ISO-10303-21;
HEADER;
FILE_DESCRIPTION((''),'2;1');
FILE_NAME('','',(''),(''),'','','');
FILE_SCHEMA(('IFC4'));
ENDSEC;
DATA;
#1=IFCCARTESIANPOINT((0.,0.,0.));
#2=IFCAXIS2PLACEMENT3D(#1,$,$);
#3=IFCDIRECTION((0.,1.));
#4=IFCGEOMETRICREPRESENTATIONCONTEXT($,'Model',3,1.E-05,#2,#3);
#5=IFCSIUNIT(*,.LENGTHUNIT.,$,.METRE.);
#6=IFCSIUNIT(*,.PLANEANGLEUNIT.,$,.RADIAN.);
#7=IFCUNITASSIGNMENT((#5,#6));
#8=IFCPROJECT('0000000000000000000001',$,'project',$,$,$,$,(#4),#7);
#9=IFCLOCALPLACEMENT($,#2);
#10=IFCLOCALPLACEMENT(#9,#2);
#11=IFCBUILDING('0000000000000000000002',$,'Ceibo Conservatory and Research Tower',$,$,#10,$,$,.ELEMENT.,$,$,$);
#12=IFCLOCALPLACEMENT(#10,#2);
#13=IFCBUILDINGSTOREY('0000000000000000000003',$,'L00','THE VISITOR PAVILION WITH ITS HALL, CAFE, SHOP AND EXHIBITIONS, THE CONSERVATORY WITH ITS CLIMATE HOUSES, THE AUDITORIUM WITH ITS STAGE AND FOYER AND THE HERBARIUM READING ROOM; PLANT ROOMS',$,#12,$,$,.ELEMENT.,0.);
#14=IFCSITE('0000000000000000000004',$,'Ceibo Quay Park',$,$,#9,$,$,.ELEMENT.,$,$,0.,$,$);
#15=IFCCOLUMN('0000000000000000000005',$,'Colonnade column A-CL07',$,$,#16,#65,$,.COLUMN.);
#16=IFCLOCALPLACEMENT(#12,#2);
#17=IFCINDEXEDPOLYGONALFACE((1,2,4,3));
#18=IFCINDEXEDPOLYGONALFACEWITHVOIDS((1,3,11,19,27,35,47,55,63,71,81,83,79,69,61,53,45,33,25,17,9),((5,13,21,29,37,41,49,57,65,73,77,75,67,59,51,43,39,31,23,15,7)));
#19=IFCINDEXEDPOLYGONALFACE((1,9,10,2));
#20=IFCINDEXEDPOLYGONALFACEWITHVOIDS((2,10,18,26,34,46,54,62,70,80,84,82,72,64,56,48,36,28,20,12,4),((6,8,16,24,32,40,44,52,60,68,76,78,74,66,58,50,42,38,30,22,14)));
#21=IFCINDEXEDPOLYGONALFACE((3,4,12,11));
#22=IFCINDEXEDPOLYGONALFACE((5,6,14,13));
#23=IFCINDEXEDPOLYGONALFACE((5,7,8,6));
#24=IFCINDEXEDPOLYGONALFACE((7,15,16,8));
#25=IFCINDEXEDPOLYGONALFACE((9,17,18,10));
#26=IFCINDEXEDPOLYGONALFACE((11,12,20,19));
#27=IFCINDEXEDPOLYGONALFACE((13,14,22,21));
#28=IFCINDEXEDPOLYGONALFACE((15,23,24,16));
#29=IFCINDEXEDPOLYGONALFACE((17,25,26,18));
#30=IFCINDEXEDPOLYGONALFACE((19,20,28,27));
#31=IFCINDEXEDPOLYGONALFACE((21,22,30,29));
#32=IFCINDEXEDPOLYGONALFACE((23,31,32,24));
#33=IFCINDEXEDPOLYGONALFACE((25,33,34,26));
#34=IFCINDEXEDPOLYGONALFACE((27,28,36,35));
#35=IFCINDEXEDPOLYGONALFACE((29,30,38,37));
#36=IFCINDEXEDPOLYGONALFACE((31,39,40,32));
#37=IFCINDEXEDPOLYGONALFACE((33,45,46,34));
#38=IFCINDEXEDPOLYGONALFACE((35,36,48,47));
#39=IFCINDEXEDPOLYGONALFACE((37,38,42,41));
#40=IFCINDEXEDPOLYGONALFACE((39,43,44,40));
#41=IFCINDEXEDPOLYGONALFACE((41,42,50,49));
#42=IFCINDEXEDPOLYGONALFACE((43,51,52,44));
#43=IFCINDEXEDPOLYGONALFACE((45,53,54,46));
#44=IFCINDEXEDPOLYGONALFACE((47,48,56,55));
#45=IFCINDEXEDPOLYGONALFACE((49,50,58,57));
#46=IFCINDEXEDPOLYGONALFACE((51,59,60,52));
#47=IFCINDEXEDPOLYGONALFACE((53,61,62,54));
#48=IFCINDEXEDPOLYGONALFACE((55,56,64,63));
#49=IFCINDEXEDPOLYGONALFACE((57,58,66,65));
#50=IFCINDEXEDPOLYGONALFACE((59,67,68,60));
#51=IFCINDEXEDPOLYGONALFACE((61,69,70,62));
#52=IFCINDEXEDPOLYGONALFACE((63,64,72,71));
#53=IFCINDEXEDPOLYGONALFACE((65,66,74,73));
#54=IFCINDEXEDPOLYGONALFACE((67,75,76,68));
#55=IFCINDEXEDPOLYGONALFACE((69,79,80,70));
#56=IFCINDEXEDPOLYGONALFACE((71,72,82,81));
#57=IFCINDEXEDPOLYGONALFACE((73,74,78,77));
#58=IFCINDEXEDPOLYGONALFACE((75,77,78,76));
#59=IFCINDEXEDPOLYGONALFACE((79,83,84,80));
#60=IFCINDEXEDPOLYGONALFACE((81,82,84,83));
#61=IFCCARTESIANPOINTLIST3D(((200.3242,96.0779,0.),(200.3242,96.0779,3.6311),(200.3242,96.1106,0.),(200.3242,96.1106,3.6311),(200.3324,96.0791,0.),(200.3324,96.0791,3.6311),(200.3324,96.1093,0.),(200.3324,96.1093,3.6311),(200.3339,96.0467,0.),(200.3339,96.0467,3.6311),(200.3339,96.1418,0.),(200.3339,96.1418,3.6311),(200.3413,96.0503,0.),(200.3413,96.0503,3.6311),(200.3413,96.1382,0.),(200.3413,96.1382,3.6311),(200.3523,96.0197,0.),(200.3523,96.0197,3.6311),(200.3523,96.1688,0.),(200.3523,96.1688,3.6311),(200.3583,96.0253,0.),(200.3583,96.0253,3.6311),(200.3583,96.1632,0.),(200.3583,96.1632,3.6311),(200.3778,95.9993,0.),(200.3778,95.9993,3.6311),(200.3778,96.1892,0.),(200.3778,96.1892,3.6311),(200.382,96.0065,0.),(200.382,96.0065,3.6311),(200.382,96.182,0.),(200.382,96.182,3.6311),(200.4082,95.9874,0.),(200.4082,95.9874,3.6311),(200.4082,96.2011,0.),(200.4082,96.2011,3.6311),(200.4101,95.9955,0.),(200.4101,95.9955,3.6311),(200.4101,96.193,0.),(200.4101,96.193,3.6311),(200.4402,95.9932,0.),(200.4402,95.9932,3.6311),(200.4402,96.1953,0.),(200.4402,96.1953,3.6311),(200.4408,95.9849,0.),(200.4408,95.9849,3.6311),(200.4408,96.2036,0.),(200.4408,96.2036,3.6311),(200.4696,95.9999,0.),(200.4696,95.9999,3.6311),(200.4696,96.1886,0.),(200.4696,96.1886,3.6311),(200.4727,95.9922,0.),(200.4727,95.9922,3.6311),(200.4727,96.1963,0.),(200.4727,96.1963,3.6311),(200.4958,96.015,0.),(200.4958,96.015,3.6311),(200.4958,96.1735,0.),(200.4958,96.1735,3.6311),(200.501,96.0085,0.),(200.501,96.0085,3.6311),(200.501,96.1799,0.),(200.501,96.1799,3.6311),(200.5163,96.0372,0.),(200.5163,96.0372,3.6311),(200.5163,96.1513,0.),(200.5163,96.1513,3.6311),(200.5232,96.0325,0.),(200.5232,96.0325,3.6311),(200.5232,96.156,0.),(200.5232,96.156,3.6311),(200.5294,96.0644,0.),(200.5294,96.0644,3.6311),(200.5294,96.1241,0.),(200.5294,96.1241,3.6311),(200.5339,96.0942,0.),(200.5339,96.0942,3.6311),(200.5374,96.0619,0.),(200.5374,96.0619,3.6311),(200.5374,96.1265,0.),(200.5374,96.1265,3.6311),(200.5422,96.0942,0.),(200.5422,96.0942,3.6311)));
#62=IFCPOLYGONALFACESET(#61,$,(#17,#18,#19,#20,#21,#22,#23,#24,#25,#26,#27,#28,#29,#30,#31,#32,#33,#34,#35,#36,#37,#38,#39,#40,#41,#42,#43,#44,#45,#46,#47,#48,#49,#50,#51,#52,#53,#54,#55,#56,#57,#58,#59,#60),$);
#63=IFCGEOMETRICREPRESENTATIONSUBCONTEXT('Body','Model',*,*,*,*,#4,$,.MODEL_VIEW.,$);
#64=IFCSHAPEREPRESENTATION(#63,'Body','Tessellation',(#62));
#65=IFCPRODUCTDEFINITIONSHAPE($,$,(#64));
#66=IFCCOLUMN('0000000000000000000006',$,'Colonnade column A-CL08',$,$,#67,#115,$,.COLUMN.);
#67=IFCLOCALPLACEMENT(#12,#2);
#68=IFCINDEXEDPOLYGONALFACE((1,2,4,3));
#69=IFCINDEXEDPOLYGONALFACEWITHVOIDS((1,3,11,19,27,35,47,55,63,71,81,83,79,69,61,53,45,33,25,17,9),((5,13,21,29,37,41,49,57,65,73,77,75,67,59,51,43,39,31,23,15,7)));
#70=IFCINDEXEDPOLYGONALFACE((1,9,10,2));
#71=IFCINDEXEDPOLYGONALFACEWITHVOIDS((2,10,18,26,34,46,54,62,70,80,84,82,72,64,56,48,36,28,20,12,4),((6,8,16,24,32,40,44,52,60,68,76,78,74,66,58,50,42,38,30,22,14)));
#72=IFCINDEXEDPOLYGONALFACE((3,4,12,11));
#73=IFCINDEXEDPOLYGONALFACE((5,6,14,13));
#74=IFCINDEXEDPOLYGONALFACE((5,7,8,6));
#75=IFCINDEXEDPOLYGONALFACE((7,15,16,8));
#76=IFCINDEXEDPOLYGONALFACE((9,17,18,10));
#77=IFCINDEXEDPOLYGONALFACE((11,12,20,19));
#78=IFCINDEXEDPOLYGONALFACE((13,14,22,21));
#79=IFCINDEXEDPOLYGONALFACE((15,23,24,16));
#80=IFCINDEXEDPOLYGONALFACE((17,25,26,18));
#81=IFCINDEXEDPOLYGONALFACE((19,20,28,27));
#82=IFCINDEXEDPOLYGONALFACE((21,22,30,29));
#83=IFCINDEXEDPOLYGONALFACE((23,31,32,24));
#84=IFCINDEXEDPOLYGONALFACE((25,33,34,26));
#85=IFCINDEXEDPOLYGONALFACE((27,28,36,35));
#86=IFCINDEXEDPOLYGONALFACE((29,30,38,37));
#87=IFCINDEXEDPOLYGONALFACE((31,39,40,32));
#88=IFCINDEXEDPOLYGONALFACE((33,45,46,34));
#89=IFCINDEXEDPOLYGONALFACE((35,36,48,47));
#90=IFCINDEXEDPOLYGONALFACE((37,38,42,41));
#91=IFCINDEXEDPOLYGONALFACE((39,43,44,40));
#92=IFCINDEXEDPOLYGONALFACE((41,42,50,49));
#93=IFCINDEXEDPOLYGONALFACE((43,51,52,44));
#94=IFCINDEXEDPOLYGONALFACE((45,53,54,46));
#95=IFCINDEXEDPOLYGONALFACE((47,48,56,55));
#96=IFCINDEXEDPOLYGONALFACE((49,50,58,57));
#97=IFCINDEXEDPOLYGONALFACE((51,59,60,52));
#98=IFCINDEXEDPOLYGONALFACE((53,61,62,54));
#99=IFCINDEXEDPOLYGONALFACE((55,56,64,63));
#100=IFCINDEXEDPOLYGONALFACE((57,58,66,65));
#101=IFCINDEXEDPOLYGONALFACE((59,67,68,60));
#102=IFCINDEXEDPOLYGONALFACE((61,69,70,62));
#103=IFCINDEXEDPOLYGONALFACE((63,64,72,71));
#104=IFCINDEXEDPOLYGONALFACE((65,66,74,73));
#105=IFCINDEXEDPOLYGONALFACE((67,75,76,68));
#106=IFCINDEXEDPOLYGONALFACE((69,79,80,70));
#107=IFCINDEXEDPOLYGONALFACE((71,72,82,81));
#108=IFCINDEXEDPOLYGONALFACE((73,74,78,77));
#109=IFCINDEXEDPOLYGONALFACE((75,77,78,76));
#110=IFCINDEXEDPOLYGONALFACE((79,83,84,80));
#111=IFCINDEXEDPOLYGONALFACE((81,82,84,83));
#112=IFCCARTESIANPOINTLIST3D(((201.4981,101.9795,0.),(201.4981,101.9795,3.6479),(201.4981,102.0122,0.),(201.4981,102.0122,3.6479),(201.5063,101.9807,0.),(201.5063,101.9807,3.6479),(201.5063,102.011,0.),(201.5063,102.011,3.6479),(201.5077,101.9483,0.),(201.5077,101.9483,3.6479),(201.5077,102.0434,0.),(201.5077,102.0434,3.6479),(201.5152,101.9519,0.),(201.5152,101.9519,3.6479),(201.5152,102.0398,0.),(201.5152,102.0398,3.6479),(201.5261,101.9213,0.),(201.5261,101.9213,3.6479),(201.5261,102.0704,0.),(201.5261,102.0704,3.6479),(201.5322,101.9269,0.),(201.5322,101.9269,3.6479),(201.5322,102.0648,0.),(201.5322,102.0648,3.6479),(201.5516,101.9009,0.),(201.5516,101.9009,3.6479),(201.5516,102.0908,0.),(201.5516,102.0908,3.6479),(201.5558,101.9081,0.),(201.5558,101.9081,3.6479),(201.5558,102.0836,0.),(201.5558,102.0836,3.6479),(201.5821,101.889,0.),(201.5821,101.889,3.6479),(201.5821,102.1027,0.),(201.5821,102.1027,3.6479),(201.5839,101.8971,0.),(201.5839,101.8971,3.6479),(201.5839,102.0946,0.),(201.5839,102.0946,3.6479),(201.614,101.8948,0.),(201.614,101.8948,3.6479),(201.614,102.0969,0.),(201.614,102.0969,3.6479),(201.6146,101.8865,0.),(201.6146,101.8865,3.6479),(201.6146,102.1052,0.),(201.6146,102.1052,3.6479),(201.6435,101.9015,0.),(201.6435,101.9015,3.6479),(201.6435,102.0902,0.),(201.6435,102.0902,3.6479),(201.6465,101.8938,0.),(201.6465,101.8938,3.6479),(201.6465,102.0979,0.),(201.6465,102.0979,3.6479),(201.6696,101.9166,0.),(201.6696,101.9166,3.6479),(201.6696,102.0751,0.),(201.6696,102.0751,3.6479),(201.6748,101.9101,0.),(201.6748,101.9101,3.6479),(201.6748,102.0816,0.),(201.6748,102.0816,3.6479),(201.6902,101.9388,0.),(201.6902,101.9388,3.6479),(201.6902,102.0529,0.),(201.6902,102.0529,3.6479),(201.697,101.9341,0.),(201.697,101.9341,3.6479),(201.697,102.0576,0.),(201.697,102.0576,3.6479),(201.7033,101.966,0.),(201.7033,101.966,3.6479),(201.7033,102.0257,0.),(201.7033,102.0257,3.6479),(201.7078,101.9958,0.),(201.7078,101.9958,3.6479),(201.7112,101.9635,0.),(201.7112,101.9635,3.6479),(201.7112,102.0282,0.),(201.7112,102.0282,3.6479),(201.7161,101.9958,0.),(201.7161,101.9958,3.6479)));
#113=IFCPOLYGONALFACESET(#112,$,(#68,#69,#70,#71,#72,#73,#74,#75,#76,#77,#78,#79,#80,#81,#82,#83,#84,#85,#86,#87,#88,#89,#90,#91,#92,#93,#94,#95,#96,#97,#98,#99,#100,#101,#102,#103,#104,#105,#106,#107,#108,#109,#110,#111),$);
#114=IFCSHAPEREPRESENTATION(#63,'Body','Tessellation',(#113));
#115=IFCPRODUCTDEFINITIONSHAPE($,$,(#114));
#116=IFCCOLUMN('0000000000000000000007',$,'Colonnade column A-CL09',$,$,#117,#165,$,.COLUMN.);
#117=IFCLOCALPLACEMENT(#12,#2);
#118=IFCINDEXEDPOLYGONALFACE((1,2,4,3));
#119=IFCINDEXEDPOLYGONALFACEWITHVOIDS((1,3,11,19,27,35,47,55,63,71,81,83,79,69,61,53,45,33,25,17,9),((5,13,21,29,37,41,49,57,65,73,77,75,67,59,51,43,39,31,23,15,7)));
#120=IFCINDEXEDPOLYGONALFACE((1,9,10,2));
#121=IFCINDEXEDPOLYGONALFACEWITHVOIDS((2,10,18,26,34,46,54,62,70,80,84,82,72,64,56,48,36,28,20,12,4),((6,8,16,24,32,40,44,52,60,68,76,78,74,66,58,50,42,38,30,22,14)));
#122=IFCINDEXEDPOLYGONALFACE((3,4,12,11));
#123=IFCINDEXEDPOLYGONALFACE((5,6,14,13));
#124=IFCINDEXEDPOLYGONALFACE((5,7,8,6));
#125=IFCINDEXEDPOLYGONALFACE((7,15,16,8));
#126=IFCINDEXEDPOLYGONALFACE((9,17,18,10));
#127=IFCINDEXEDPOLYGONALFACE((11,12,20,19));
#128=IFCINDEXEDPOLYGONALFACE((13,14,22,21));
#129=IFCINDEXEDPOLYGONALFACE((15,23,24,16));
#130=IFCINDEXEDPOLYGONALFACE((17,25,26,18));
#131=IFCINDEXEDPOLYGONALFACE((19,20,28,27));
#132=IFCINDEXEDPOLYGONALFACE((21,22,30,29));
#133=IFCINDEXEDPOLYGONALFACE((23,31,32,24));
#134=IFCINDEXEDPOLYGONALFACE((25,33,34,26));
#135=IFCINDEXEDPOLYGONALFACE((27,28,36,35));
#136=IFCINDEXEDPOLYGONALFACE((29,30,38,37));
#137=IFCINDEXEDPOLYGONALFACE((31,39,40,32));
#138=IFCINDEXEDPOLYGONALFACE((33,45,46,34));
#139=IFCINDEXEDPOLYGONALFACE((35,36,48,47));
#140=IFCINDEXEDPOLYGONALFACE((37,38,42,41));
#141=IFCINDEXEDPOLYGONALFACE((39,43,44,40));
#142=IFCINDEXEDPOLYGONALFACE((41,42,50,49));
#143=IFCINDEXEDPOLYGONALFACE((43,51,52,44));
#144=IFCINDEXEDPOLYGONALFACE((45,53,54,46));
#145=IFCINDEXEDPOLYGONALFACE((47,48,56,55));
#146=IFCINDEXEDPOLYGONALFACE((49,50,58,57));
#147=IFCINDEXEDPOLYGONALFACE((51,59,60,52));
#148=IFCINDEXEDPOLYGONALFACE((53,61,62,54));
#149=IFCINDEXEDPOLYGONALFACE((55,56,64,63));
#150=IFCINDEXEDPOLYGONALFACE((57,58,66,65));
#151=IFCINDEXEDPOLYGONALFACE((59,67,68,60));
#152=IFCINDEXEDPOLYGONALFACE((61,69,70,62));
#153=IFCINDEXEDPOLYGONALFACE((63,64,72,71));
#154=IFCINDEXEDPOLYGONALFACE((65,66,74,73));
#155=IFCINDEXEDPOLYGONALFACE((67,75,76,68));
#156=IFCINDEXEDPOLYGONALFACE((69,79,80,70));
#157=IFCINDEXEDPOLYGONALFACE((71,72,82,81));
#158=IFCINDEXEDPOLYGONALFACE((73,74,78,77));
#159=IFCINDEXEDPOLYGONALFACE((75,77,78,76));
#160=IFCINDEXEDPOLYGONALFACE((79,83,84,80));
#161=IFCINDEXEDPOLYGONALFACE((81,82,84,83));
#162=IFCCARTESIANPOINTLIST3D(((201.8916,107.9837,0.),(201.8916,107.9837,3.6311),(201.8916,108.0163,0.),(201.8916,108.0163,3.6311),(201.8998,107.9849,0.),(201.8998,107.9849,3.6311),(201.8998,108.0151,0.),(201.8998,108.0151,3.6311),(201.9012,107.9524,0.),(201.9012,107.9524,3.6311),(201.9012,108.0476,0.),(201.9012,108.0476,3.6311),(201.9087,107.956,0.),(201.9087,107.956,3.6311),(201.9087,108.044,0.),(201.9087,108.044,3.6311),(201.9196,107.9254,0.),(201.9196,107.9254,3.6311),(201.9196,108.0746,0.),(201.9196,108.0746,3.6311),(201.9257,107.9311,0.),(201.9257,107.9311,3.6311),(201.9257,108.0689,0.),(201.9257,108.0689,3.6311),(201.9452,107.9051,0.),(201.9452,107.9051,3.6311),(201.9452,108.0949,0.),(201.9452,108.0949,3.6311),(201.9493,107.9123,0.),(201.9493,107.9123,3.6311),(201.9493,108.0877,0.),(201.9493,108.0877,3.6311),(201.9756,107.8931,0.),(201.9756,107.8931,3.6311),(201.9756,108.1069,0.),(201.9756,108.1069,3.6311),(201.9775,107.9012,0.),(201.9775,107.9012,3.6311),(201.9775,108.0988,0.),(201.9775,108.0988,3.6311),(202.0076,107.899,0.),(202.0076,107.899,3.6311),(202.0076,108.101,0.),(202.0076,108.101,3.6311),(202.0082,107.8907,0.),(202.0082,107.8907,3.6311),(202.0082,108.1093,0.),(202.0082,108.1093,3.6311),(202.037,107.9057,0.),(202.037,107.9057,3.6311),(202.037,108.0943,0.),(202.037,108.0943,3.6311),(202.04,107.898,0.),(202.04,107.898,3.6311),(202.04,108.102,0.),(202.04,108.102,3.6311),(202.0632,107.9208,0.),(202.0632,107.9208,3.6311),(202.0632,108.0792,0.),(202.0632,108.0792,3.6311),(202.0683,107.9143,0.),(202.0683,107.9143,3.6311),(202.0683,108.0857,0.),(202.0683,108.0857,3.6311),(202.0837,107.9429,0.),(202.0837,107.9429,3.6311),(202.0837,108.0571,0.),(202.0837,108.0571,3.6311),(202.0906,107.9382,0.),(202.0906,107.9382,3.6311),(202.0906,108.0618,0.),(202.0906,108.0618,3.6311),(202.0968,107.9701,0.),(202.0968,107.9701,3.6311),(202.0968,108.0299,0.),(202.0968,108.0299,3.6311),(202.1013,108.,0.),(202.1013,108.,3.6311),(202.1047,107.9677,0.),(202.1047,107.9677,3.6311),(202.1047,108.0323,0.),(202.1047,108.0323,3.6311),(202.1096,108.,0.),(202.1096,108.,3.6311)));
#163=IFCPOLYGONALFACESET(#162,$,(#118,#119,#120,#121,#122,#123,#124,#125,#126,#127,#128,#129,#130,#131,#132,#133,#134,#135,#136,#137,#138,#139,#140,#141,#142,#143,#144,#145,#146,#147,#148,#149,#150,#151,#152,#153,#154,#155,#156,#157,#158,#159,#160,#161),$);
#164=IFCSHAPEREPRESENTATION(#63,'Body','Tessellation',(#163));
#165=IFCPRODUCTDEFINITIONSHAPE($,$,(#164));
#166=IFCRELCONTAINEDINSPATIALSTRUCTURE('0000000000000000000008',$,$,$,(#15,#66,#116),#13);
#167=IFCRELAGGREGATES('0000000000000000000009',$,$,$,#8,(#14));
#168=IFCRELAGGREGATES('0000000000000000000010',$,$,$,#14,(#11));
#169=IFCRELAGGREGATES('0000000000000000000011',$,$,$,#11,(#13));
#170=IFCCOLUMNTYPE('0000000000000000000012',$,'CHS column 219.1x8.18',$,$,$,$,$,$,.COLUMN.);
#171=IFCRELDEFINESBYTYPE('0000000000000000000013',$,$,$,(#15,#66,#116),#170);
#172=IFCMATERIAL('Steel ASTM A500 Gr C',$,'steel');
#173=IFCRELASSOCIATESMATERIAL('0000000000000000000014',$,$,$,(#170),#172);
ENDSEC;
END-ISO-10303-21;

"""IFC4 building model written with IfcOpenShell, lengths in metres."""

from ifc_helpers import new_model, si_unit, direction, frame, origin, origin_2d, place, context, subcontext, project, spatial, hollow_circle, extrude, material, material_profile, profile_set, type_object, element, save


model = new_model("IFC4")

# Units and contexts
model_context = context("Model", 3, precision=1e-05, world=origin(), true_north=direction((0.0, 1.0)))
body_context = subcontext(model_context, "Body", "Model", "MODEL_VIEW")
ifc_project = project(units=[si_unit("LENGTHUNIT", "METRE"), si_unit("PLANEANGLEUNIT", "RADIAN")], contexts=[model_context])

# Site, building, storey
site_placement = place(None, origin())
site = spatial("IfcSite", under=ifc_project, at=site_placement, Name="Ceibo Quay Park", CompositionType="ELEMENT", RefElevation=0.0)
building_placement = place(site_placement, origin())
building = spatial("IfcBuilding", under=site, at=building_placement, Name="Ceibo Conservatory and Research Tower", CompositionType="ELEMENT")
storey_placement = place(building_placement, origin())
storey = spatial("IfcBuildingStorey", under=building, at=storey_placement, Name="L00", Description="THE VISITOR PAVILION WITH ITS HALL, CAFE, SHOP AND EXHIBITIONS, THE CONSERVATORY WITH ITS CLIMATE HOUSES, THE AUDITORIUM WITH ITS STAGE AND FOYER AND THE HERBARIUM READING ROOM; PLANT ROOMS", CompositionType="ELEMENT", Elevation=0.0)

# Columns
ifc_material_1 = material(Name="Steel ASTM A500 Gr C", Category="steel")
ifc_material_profile_1 = material_profile(ifc_material_1, hollow_circle(Radius=0.1096, WallThickness=0.0083, at=origin_2d()), Name="CHS column 219.1x8.18")
ifc_profile_set_1 = profile_set([ifc_material_profile_1], Name="Steel ASTM A500 Gr C")
column_type = type_object("IfcColumnType", Name="CHS column 219.1x8.18", PredefinedType="COLUMN", material=ifc_profile_set_1)
column_1_placement = place(storey_placement, frame((200.4326, 96.0942, 0.0), z_axis=(0.0, 0.0, 1.0), x_axis=(1.0, 0.0, 0.0)))
element("IfcColumn", 1, at=column_1_placement, inside=storey, type_object=column_type, Name="Colonnade column A-CL07", PredefinedType="COLUMN", context=body_context, shape_type="SweptSolid", body=[
    extrude(hollow_circle(Radius=0.1096, WallThickness=0.0083, at=origin_2d()), origin(), (0.0, 0.0, 1.0), 3.6311),
])
column_2_placement = place(storey_placement, frame((201.6064, 101.9958, 0.0), z_axis=(0.0, 0.0, 1.0), x_axis=(1.0, 0.0, 0.0)))
element("IfcColumn", 2, at=column_2_placement, inside=storey, type_object=column_type, Name="Colonnade column A-CL08", PredefinedType="COLUMN", context=body_context, shape_type="SweptSolid", body=[
    extrude(hollow_circle(Radius=0.1096, WallThickness=0.0083, at=origin_2d()), origin(), (0.0, 0.0, 1.0), 3.6479),
])
column_3_placement = place(storey_placement, frame((202.0, 108.0, 0.0), z_axis=(0.0, 0.0, 1.0), x_axis=(1.0, 0.0, 0.0)))
element("IfcColumn", 3, at=column_3_placement, inside=storey, type_object=column_type, Name="Colonnade column A-CL09", PredefinedType="COLUMN", context=body_context, shape_type="SweptSolid", body=[
    extrude(hollow_circle(Radius=0.1096, WallThickness=0.0083, at=origin_2d()), origin(), (0.0, 0.0, 1.0), 3.6311),
])

save(model, "model.ifc")
